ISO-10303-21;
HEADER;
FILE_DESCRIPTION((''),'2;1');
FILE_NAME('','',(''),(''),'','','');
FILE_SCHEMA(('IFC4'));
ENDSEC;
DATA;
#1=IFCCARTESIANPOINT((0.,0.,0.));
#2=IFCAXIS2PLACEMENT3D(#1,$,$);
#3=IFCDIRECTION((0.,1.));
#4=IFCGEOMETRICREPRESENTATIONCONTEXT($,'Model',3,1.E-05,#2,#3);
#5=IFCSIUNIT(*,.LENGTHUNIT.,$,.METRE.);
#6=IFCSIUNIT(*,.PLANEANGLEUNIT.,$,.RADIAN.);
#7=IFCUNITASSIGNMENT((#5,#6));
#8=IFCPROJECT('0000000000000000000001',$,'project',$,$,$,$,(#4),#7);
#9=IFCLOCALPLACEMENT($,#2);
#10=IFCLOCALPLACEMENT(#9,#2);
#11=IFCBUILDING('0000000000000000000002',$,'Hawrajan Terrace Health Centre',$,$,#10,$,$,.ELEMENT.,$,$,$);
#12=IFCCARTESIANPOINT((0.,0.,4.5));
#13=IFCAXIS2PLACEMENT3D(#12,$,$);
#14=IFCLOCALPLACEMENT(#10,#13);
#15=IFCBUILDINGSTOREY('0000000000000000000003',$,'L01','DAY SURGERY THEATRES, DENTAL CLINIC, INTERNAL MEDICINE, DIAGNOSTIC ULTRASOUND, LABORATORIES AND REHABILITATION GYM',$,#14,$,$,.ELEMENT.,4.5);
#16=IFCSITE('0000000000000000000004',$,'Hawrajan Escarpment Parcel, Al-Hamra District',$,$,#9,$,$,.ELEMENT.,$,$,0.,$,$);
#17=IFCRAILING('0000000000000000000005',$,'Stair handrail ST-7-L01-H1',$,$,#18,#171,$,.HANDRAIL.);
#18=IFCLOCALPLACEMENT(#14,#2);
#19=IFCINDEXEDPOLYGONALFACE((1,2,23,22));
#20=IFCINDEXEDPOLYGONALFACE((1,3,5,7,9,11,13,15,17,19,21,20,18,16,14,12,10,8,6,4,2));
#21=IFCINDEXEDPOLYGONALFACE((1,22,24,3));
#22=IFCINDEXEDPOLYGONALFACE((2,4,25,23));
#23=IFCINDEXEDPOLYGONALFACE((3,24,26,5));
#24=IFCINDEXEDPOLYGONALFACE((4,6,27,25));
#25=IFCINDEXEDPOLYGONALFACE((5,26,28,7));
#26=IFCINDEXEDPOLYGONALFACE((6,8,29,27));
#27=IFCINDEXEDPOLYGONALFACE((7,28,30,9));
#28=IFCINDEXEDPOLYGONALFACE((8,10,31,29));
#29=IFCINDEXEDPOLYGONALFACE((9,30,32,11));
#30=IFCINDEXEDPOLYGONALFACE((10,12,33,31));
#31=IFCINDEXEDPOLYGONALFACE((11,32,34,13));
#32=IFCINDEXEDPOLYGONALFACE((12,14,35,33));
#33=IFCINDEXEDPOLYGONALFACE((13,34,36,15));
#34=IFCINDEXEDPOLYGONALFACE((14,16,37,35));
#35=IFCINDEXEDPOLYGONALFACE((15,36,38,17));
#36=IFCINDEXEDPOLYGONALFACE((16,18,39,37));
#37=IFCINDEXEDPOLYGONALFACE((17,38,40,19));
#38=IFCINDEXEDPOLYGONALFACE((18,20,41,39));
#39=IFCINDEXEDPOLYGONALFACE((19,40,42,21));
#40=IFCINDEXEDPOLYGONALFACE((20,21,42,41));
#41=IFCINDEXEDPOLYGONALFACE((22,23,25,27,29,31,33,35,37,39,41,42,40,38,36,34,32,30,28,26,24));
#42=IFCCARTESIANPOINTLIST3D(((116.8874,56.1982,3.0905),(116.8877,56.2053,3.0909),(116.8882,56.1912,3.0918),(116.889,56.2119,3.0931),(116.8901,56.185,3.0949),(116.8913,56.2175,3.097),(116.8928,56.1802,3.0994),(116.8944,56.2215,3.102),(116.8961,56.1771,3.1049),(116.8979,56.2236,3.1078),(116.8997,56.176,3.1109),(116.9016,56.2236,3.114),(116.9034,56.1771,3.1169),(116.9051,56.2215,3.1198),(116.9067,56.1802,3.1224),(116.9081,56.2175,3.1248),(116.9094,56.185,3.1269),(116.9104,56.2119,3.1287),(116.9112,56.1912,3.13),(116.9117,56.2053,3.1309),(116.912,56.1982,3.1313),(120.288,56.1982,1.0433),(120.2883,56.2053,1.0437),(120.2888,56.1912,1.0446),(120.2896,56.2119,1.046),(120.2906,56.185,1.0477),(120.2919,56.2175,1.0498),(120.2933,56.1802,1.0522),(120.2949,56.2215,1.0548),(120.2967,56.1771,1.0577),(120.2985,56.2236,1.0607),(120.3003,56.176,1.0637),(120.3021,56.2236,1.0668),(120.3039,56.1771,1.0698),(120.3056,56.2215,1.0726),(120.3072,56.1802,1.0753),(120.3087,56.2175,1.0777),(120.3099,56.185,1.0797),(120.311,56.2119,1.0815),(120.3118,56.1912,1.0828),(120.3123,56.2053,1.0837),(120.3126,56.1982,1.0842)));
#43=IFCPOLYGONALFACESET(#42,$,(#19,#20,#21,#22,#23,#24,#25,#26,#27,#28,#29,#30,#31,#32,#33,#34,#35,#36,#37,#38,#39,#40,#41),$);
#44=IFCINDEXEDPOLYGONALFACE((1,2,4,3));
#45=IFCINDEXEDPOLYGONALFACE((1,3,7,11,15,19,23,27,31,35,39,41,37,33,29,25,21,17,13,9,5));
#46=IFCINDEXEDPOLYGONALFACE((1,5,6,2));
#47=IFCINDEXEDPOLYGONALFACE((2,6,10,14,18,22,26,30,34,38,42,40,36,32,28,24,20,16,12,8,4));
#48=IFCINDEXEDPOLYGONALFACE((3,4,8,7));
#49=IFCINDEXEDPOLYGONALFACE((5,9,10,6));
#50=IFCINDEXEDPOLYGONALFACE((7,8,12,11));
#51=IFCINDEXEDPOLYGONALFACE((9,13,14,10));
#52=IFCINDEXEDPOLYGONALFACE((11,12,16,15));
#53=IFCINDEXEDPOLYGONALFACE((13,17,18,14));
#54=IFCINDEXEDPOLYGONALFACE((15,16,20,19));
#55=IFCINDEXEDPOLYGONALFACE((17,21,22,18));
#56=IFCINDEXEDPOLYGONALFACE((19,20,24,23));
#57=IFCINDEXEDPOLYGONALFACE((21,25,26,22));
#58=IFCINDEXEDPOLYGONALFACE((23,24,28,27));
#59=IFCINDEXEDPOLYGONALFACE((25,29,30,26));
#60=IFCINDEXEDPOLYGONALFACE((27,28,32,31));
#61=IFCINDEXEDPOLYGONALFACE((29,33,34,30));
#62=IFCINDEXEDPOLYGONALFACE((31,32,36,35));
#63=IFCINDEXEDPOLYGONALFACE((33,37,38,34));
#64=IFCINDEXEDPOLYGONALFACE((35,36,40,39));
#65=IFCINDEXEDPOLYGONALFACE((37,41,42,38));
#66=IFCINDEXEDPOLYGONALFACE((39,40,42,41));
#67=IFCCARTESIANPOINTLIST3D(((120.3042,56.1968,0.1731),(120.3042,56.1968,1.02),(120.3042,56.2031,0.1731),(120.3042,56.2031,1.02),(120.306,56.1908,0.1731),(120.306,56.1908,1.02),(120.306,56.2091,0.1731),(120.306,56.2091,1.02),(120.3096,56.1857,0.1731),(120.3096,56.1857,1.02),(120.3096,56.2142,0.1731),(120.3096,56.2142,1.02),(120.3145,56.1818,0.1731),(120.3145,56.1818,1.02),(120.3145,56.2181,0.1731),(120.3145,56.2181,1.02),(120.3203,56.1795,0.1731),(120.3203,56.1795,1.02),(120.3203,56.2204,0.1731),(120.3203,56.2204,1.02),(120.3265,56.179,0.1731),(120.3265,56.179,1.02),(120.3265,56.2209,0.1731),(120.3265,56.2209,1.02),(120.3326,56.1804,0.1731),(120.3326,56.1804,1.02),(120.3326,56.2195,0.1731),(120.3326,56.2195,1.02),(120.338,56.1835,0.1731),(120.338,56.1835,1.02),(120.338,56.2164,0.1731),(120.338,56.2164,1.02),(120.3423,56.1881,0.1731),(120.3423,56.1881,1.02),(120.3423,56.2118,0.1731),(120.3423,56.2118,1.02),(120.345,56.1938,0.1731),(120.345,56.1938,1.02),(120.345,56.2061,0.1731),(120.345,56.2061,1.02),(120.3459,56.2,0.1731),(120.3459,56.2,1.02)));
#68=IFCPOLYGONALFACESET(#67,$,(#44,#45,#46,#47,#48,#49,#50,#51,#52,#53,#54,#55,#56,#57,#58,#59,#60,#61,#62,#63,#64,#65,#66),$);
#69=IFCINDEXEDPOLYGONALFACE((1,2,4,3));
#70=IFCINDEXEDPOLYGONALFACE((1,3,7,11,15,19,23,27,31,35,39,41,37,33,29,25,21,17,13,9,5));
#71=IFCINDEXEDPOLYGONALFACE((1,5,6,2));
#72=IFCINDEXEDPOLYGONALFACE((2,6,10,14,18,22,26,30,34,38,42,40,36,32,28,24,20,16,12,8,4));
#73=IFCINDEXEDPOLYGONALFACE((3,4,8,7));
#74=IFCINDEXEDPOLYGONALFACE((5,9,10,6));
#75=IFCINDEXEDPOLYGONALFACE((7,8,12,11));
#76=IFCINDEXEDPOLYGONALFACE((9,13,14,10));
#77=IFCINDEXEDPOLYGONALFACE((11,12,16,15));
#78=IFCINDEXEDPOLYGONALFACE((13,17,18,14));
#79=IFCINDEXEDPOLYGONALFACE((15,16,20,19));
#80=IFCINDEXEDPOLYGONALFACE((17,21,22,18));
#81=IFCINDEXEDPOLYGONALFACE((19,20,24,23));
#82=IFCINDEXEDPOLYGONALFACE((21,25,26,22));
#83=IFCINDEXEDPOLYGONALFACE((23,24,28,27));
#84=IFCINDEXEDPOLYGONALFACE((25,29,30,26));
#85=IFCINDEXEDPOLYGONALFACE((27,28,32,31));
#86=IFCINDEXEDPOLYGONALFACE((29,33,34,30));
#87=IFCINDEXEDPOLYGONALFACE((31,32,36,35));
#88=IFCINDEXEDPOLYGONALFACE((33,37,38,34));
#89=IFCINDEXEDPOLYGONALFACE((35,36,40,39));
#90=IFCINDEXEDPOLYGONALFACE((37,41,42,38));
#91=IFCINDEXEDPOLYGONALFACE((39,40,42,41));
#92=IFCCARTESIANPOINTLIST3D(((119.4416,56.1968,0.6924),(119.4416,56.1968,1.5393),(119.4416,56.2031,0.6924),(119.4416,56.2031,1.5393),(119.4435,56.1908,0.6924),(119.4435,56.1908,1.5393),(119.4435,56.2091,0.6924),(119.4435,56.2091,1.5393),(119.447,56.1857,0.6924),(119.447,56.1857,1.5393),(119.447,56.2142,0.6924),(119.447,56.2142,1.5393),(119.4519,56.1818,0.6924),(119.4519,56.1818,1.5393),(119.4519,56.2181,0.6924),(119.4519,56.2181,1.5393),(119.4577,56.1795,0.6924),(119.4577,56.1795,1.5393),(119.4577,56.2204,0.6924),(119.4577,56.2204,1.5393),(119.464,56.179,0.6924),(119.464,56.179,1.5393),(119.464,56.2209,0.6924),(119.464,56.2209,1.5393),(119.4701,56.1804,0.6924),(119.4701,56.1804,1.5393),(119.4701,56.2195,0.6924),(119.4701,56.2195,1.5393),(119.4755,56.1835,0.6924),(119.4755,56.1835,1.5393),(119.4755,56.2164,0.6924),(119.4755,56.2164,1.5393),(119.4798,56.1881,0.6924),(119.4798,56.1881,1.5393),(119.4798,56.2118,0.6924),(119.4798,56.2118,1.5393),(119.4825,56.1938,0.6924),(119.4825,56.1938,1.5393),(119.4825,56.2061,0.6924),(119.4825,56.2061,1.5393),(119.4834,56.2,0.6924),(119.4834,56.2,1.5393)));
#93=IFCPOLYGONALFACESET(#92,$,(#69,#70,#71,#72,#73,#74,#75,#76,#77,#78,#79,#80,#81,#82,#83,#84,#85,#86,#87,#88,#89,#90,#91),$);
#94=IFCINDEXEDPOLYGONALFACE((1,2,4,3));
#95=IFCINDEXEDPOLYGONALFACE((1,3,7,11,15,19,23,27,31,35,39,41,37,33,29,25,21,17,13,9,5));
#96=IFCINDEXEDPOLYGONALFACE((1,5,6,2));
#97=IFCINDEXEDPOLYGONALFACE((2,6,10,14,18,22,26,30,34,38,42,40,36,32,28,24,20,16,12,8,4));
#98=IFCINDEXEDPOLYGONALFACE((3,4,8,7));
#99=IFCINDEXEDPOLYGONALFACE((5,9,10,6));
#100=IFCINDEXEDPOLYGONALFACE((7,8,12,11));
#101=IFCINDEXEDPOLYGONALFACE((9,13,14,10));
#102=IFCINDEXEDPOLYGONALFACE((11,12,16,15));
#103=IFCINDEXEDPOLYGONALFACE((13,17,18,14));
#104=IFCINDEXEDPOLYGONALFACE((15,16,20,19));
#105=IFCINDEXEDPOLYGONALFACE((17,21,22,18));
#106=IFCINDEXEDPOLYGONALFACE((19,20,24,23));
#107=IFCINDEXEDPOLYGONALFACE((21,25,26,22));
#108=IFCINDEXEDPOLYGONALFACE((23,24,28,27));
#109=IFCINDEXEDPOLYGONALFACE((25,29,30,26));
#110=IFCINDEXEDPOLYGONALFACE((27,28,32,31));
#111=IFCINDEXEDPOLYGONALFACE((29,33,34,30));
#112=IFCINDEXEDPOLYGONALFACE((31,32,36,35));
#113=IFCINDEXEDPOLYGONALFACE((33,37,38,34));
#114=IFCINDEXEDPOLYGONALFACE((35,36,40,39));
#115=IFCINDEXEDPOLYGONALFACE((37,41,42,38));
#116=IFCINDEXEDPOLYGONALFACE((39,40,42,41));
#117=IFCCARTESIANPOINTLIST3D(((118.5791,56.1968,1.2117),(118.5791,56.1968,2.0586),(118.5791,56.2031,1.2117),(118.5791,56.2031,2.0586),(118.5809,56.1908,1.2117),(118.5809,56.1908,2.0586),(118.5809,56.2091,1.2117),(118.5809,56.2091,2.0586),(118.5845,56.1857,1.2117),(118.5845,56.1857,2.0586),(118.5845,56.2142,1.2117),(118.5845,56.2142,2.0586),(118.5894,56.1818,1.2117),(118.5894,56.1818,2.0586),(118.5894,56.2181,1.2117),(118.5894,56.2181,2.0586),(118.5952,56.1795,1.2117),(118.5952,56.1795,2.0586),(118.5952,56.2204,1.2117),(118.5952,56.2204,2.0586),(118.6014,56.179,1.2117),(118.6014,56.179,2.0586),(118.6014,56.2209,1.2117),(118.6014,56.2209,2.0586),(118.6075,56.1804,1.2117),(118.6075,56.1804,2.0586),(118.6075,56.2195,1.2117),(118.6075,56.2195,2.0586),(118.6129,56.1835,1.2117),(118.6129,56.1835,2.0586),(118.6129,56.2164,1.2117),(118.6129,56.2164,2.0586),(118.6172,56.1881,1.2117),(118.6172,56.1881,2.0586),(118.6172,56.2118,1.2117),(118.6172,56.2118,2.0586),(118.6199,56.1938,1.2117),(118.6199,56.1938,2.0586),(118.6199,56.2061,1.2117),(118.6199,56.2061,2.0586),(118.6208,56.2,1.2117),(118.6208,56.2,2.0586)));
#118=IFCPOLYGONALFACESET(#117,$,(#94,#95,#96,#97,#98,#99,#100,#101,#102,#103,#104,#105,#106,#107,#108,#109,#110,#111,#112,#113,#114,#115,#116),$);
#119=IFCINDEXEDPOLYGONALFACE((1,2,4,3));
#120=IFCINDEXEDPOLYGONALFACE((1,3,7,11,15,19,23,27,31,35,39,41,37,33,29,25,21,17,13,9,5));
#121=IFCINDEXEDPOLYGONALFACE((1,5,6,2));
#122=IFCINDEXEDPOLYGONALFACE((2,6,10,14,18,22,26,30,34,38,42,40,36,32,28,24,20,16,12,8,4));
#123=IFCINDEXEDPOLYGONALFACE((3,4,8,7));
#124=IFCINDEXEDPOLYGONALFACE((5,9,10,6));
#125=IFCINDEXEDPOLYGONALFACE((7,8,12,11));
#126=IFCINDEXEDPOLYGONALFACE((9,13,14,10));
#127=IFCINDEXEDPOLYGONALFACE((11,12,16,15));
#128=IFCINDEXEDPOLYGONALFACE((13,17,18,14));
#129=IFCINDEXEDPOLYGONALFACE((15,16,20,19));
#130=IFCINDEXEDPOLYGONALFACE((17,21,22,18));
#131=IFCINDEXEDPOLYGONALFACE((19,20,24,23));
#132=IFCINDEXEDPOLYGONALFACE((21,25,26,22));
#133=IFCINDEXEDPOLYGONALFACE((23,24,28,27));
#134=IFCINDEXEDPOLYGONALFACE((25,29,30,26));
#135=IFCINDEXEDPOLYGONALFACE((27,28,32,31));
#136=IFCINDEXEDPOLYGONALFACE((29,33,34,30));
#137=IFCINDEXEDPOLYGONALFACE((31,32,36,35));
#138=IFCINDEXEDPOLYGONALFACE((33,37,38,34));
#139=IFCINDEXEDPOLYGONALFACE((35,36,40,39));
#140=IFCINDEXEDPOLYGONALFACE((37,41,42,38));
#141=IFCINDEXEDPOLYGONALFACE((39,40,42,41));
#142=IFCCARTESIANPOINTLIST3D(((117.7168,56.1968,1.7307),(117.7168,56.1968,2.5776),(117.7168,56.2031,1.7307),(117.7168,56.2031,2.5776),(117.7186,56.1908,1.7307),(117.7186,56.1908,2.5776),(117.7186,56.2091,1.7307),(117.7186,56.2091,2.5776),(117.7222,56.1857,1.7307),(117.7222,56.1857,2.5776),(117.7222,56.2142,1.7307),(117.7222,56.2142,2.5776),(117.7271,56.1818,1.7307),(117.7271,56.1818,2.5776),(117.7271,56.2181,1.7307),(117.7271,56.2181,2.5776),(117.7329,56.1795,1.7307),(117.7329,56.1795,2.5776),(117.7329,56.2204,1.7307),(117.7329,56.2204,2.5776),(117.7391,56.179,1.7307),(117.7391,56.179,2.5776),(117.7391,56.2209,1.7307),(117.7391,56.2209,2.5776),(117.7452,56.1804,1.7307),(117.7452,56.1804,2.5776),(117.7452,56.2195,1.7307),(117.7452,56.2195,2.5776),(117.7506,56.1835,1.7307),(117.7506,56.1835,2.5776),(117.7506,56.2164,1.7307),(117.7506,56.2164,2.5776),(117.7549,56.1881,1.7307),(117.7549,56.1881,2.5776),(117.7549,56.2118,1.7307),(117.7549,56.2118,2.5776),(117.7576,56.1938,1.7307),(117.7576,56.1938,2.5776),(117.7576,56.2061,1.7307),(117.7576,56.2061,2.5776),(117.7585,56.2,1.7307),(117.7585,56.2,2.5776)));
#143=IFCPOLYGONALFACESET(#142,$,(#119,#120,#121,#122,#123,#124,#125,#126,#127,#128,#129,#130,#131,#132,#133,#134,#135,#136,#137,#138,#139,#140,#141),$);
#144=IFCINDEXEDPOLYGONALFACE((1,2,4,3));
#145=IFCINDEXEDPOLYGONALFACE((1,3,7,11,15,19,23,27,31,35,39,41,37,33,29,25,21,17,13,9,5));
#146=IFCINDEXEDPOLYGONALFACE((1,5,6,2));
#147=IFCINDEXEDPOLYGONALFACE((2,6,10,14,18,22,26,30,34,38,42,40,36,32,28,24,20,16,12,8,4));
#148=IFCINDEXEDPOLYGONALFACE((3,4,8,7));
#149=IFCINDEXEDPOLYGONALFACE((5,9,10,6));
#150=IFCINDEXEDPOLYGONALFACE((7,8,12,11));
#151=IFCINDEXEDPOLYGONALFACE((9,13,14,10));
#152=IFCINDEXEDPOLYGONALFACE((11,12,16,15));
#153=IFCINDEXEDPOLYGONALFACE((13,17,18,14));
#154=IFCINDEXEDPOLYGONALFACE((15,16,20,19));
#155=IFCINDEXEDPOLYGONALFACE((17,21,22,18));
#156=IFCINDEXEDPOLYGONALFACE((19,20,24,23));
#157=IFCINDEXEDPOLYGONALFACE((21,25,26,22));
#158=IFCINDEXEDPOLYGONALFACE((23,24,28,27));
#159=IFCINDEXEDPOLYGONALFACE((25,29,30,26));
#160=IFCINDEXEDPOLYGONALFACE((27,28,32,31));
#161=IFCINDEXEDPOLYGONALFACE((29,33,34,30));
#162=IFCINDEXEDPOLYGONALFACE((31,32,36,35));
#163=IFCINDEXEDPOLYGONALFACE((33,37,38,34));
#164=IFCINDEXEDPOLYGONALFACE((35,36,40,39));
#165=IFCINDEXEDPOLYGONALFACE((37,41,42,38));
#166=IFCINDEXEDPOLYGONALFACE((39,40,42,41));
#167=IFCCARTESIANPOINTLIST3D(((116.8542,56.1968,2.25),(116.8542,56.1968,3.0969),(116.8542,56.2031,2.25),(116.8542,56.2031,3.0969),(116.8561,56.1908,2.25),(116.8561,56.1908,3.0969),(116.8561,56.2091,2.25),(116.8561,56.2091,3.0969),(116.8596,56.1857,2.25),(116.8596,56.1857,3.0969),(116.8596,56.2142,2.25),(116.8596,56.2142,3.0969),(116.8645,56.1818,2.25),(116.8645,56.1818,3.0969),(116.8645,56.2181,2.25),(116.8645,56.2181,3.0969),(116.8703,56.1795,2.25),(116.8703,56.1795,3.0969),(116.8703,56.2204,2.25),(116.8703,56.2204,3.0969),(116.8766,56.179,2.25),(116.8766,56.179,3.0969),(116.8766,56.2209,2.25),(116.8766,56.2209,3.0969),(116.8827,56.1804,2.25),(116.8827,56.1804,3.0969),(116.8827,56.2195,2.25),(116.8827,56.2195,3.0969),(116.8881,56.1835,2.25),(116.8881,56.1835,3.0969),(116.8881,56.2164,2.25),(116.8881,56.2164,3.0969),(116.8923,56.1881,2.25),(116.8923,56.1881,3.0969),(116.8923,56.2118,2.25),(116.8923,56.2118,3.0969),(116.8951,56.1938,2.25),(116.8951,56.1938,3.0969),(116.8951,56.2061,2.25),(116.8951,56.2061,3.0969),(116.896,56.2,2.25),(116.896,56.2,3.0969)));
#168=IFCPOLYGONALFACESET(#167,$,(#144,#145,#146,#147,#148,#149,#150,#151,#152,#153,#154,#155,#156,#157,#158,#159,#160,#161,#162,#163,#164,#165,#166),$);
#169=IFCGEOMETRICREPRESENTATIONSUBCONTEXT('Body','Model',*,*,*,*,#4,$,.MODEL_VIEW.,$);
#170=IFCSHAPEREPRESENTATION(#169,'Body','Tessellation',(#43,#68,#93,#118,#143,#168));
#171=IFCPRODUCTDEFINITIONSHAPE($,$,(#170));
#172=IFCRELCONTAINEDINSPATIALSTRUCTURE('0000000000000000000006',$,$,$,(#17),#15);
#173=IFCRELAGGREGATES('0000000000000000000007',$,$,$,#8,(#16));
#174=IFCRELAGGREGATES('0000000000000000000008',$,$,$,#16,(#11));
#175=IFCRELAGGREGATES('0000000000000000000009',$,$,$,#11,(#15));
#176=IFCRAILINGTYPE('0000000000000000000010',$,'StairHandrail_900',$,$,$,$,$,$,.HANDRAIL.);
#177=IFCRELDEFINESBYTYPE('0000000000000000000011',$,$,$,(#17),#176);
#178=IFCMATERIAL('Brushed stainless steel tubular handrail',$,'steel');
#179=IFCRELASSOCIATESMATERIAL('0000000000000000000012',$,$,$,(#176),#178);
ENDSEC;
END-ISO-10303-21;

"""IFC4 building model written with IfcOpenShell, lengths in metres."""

from ifc_helpers import new_model, si_unit, direction, frame, origin, origin_2d, place, context, subcontext, project, spatial, circle, extrude, material, type_object, element, save


model = new_model("IFC4")

# Units and contexts
model_context = context("Model", 3, precision=1e-05, world=origin(), true_north=direction((0.0, 1.0)))
body_context = subcontext(model_context, "Body", "Model", "MODEL_VIEW")
ifc_project = project(units=[si_unit("LENGTHUNIT", "METRE"), si_unit("PLANEANGLEUNIT", "RADIAN")], contexts=[model_context])

# Site, building, storey
site_placement = place(None, origin())
site = spatial("IfcSite", under=ifc_project, at=site_placement, Name="Hawrajan Escarpment Parcel, Al-Hamra District", CompositionType="ELEMENT", RefElevation=0.0)
building_placement = place(site_placement, origin())
building = spatial("IfcBuilding", under=site, at=building_placement, Name="Hawrajan Terrace Health Centre", CompositionType="ELEMENT")
storey_placement = place(building_placement, frame((0.0, 0.0, 4.5)))
storey = spatial("IfcBuildingStorey", under=building, at=storey_placement, Name="L01", Description="DAY SURGERY THEATRES, DENTAL CLINIC, INTERNAL MEDICINE, DIAGNOSTIC ULTRASOUND, LABORATORIES AND REHABILITATION GYM", CompositionType="ELEMENT", Elevation=4.5)

# Railing
ifc_material_1 = material(Name="Brushed stainless steel tubular handrail", Category="steel")
railing_type_1 = type_object("IfcRailingType", Name="StairHandrail_900", PredefinedType="HANDRAIL", material=ifc_material_1)
railing_1_placement = place(storey_placement, frame((120.325, 56.2, 0.1731)))
element("IfcRailing", 1, at=railing_1_placement, inside=storey, type_object=railing_type_1, Name="Stair handrail ST-7-L01-H1", PredefinedType="HANDRAIL", context=body_context, shape_type="SweptSolid", body=[
    extrude(circle(Radius=0.0239, at=origin_2d()), frame((-0.0247, 0.0, 0.8906), z_axis=(-0.856732, 0.0, 0.515761), x_axis=(0.0, -1.0, 0.0)), (0.0, 0.0, 1.0), 3.9692),
    extrude(circle(Radius=0.021, at=origin_2d()), origin(), (0.0, 0.0, 1.0), 0.8469),
    extrude(circle(Radius=0.021, at=origin_2d()), frame((-0.8625, 0.0, 0.5193)), (0.0, 0.0, 1.0), 0.8469),
    extrude(circle(Radius=0.021, at=origin_2d()), frame((-1.7251, 0.0, 1.0386)), (0.0, 0.0, 1.0), 0.8469),
    extrude(circle(Radius=0.021, at=origin_2d()), frame((-2.5874, 0.0, 1.5576)), (0.0, 0.0, 1.0), 0.8469),
    extrude(circle(Radius=0.021, at=origin_2d()), frame((-3.45, 0.0, 2.0769)), (0.0, 0.0, 1.0), 0.8469),
])

save(model, "model.ifc")
